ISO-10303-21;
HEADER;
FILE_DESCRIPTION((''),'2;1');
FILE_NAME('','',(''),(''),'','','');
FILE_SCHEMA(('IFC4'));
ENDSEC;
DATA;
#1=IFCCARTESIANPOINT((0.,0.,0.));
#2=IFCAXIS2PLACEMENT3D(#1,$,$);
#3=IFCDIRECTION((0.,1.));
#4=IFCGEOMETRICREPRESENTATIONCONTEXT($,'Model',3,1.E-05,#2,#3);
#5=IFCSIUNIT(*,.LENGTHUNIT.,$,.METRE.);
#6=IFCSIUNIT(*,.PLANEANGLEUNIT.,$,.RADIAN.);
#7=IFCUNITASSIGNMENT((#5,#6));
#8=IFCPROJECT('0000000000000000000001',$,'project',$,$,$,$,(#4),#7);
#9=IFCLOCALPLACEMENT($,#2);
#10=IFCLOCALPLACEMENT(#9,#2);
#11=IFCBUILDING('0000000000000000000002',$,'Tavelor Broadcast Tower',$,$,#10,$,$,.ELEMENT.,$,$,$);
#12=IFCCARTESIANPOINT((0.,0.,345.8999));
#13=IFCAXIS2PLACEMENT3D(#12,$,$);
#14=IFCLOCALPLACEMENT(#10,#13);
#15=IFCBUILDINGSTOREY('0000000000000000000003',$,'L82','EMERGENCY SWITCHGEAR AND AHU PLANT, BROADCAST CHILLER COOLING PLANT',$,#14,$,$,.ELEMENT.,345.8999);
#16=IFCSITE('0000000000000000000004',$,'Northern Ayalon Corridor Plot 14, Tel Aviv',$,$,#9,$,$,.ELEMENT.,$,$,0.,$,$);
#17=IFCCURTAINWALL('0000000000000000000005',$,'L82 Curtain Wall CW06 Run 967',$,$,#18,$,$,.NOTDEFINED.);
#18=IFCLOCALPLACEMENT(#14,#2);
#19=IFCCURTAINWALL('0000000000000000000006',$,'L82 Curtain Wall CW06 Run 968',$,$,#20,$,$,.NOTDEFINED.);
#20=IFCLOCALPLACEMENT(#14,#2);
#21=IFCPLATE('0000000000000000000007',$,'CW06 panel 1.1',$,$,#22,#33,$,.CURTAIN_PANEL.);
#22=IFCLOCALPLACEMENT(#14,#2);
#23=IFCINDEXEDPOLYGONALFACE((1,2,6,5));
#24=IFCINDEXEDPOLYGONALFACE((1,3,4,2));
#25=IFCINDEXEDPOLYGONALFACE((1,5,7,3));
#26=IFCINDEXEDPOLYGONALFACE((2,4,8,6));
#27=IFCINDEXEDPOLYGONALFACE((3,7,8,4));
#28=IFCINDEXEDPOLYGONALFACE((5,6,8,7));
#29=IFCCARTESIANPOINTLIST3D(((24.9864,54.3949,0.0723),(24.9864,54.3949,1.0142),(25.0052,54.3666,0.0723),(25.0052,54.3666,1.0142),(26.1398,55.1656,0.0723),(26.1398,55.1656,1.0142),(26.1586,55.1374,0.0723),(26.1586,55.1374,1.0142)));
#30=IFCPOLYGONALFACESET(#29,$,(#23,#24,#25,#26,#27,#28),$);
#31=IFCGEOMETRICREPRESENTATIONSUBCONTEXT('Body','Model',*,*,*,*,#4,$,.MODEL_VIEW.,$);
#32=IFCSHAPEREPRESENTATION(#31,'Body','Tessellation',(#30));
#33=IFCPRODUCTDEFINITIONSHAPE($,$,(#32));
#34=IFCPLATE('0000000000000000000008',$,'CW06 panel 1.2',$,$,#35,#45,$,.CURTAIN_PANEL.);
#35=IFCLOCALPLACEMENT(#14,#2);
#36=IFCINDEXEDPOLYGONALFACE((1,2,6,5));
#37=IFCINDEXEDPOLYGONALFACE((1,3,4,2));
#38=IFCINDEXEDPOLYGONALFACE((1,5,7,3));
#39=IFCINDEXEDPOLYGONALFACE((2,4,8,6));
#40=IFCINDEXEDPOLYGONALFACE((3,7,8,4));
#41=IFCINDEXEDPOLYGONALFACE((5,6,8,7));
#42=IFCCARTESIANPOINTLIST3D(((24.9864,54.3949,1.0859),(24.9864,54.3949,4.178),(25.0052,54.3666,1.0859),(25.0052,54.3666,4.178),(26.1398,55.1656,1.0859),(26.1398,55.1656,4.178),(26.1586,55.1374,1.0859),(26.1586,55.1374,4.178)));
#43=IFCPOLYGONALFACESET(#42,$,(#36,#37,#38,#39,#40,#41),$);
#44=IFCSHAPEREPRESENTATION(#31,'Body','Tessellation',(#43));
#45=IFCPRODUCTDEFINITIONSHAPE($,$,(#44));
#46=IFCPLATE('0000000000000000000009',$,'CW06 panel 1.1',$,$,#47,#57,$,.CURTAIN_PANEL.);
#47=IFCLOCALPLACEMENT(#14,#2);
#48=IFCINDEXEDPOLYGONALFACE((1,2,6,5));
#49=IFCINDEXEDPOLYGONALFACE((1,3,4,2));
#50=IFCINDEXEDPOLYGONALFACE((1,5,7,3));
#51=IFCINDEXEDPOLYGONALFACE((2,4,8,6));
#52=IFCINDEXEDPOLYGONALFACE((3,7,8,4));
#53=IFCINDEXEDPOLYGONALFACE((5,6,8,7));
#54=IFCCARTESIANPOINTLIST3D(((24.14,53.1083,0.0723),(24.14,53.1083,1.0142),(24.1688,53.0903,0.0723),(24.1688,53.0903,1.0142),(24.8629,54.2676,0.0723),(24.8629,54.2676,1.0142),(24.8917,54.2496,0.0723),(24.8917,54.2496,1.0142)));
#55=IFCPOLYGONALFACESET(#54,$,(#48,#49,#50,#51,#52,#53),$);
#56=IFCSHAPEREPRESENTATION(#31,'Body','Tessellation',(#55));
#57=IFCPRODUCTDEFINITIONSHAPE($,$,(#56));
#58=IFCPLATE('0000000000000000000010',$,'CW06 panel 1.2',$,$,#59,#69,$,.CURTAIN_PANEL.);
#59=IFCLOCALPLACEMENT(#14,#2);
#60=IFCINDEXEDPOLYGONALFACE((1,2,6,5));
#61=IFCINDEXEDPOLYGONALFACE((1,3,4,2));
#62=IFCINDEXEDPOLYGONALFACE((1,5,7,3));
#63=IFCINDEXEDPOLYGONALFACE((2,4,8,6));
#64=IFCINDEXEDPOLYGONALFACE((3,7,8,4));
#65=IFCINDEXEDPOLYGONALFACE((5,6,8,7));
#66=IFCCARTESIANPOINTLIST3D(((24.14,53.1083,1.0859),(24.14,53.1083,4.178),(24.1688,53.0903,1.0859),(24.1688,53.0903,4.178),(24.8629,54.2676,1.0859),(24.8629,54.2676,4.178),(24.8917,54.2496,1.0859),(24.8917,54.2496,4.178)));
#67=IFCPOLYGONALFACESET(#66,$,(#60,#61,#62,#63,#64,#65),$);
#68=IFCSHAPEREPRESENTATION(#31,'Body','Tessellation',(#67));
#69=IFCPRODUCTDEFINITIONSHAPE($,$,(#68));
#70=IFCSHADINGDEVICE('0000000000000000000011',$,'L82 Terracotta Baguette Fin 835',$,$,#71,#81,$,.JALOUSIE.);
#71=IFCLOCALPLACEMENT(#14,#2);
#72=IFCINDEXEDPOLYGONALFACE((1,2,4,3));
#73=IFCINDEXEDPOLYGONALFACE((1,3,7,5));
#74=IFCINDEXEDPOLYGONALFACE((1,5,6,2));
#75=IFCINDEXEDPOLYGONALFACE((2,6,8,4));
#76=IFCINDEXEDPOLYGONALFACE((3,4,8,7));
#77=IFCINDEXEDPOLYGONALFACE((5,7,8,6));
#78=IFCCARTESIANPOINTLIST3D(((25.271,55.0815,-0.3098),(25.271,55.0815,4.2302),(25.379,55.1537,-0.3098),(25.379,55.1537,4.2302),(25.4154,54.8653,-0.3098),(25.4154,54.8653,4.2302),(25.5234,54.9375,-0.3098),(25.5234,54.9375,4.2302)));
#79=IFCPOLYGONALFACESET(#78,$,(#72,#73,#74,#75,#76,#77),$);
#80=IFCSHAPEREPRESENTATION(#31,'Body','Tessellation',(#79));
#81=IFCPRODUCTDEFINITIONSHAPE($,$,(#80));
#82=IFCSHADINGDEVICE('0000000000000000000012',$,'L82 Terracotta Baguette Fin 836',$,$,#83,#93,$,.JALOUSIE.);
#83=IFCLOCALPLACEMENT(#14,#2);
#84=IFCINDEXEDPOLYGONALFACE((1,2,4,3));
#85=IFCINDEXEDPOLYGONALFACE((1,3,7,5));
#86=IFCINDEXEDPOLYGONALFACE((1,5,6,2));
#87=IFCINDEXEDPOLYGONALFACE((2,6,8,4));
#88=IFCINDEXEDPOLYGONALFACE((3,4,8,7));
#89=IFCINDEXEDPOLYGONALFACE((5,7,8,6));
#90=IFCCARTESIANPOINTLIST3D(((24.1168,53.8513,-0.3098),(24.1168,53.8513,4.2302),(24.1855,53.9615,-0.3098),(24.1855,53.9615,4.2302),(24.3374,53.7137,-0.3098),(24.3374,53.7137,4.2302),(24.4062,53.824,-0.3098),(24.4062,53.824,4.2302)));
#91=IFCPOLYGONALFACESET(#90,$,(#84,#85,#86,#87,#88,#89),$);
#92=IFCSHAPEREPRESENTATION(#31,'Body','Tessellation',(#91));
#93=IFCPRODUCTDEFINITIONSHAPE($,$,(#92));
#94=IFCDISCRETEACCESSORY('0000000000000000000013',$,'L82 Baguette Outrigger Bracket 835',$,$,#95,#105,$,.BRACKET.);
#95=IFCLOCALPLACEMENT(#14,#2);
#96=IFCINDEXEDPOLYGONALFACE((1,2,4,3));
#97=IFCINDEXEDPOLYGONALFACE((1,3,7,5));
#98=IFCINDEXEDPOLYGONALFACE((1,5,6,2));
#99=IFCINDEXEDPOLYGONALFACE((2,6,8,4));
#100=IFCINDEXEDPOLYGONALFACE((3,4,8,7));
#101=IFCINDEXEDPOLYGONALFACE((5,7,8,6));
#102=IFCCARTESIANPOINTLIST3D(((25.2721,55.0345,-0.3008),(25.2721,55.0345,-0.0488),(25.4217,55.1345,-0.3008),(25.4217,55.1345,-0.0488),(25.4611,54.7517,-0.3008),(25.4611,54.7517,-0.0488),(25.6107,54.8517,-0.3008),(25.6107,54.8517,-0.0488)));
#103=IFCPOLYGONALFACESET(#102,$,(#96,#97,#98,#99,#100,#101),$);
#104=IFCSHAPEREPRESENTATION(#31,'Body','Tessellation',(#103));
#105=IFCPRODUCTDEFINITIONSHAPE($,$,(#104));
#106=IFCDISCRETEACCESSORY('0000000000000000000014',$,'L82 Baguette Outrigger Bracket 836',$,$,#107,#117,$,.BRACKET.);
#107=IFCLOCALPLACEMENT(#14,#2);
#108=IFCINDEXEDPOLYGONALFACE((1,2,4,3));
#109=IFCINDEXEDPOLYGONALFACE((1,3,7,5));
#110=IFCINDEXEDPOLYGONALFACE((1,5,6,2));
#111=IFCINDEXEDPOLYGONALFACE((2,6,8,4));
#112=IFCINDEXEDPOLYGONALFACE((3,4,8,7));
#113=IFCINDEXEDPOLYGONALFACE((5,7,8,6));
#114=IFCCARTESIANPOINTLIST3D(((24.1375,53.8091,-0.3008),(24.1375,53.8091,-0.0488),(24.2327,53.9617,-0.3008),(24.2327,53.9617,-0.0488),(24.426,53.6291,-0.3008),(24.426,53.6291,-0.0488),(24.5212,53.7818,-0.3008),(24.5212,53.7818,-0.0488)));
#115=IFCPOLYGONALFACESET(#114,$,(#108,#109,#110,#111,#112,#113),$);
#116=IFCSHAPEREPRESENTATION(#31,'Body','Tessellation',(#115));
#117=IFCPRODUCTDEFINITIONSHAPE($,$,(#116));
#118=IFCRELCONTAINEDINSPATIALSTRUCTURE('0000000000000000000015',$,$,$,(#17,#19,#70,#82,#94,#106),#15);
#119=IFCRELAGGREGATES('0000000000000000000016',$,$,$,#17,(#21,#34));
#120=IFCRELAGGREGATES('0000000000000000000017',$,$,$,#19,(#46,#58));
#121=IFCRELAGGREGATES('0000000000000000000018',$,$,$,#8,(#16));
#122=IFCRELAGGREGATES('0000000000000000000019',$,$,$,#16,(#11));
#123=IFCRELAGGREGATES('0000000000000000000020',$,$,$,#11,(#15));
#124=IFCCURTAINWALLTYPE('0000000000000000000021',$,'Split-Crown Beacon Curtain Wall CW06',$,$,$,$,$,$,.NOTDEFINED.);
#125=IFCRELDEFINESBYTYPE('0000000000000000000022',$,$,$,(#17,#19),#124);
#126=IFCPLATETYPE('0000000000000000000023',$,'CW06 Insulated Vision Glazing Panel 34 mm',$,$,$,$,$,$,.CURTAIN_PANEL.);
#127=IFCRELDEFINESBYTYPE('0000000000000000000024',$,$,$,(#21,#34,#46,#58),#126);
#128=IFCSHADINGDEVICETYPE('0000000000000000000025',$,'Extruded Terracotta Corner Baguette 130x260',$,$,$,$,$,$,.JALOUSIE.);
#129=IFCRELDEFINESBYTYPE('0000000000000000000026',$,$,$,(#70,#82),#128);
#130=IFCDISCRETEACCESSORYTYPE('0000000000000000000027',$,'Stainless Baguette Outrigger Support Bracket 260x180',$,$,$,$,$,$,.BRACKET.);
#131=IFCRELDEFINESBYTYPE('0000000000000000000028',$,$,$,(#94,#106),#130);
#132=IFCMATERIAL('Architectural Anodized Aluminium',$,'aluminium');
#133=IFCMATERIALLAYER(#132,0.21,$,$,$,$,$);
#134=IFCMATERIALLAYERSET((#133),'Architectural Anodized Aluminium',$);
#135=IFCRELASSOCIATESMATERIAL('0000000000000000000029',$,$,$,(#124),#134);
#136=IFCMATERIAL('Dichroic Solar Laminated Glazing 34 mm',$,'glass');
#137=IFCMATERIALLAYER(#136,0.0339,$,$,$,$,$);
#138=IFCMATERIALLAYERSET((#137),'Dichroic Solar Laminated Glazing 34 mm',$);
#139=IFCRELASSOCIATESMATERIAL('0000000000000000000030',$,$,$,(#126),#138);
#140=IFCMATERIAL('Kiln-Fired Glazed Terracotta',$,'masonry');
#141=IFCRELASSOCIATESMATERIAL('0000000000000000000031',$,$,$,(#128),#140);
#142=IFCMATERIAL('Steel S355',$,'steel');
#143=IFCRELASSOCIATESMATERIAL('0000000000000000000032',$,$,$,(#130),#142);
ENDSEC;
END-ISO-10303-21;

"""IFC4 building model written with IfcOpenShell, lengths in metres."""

from ifc_helpers import new_model, si_unit, direction, frame, origin, origin_2d, place, context, subcontext, project, spatial, rectangle, extrude, source, transform, mapped, material, layer, layer_set, type_object, type_shapes, element, aggregate, save


model = new_model("IFC4")

# Units and contexts
model_context = context("Model", 3, precision=1e-05, world=origin(), true_north=direction((0.0, 1.0)))
body_context = subcontext(model_context, "Body", "Model", "MODEL_VIEW")
ifc_project = project(units=[si_unit("LENGTHUNIT", "METRE"), si_unit("PLANEANGLEUNIT", "RADIAN")], contexts=[model_context])

# Site, building, storey
site_placement = place(None, origin())
site = spatial("IfcSite", under=ifc_project, at=site_placement, Name="Northern Ayalon Corridor Plot 14, Tel Aviv", CompositionType="ELEMENT", RefElevation=0.0)
building_placement = place(site_placement, origin())
building = spatial("IfcBuilding", under=site, at=building_placement, Name="Tavelor Broadcast Tower", CompositionType="ELEMENT")
storey_placement = place(building_placement, frame((0.0, 0.0, 345.8999)))
storey = spatial("IfcBuildingStorey", under=building, at=storey_placement, Name="L82", Description="EMERGENCY SWITCHGEAR AND AHU PLANT, BROADCAST CHILLER COOLING PLANT", CompositionType="ELEMENT", Elevation=345.8999)

# Shared definitions
ifc_material_1 = material(Name="Architectural Anodized Aluminium", Category="aluminium")
ifc_layer_1 = layer(ifc_material_1, 0.21)
ifc_layer_set_1 = layer_set([ifc_layer_1], Name="Architectural Anodized Aluminium")
curtain_wall_type = type_object("IfcCurtainWallType", Name="Split-Crown Beacon Curtain Wall CW06", PredefinedType="NOTDEFINED", material=ifc_layer_set_1)

# Curtain walls
curtain_wall_1_placement = place(storey_placement, origin())
curtain_wall_1 = element("IfcCurtainWall", 1, at=curtain_wall_1_placement, inside=storey, type_object=curtain_wall_type, Name="L82 Curtain Wall CW06 Run 967", PredefinedType="NOTDEFINED")
curtain_wall_2_placement = place(storey_placement, origin())
curtain_wall_2 = element("IfcCurtainWall", 2, at=curtain_wall_2_placement, inside=storey, type_object=curtain_wall_type, Name="L82 Curtain Wall CW06 Run 968", PredefinedType="NOTDEFINED")

# Plates
ifc_material_2 = material(Name="Dichroic Solar Laminated Glazing 34 mm", Category="glass")
ifc_layer_2 = layer(ifc_material_2, 0.0339)
ifc_layer_set_2 = layer_set([ifc_layer_2], Name="Dichroic Solar Laminated Glazing 34 mm")
plate_type = type_object("IfcPlateType", Name="CW06 Insulated Vision Glazing Panel 34 mm", PredefinedType="CURTAIN_PANEL", material=ifc_layer_set_2)
shared_shape_1 = source(origin(), body_context, "Body", "SweptSolid", [
    extrude(rectangle(XDim=1.3872, YDim=0.0339, at=origin_2d()), origin(), (0.0, 0.0, 1.0), 0.9419),
])
plate_1_placement = place(storey_placement, frame((25.5725, 54.7661, 0.0723), z_axis=(0.0, 0.0, 1.0), x_axis=(-0.831457, -0.555589, 0.0)))
plate_1 = element("IfcPlate", 3, at=plate_1_placement, type_object=plate_type, Name="CW06 panel 1.1", PredefinedType="CURTAIN_PANEL", context=body_context, shape_type="MappedRepresentation", body=[
    mapped(shared_shape_1, transform((0.0, 0.0, 0.0), scale=1.0)),
])
shared_shape_2 = source(origin(), body_context, "Body", "SweptSolid", [
    extrude(rectangle(XDim=1.3872, YDim=0.0339, at=origin_2d()), origin(), (0.0, 0.0, 1.0), 3.092),
])
plate_2_placement = place(storey_placement, frame((25.5725, 54.7661, 1.0859), z_axis=(0.0, 0.0, 1.0), x_axis=(-0.831457, -0.555589, 0.0)))
plate_2 = element("IfcPlate", 4, at=plate_2_placement, type_object=plate_type, Name="CW06 panel 1.2", PredefinedType="CURTAIN_PANEL", context=body_context, shape_type="MappedRepresentation", body=[
    mapped(shared_shape_2, transform((0.0, 0.0, 0.0), scale=1.0)),
])
aggregate(curtain_wall_1, [plate_1, plate_2])
shared_shape_3 = source(origin(), body_context, "Body", "SweptSolid", [
    extrude(rectangle(XDim=1.3662, YDim=0.0339, at=origin_2d()), origin(), (0.0, 0.0, 1.0), 0.9419),
])
plate_3_placement = place(storey_placement, frame((24.5159, 53.679, 0.0723), z_axis=(0.0, 0.0, 1.0), x_axis=(-0.529153, -0.848526, 0.0)))
plate_3 = element("IfcPlate", 5, at=plate_3_placement, type_object=plate_type, Name="CW06 panel 1.1", PredefinedType="CURTAIN_PANEL", context=body_context, shape_type="MappedRepresentation", body=[
    mapped(shared_shape_3, transform((0.0, 0.0, 0.0), scale=1.0)),
])
shared_shape_4 = source(origin(), body_context, "Body", "SweptSolid", [
    extrude(rectangle(XDim=1.3662, YDim=0.0339, at=origin_2d()), origin(), (0.0, 0.0, 1.0), 3.092),
])
type_shapes(plate_type, [shared_shape_1, shared_shape_2, shared_shape_3, shared_shape_4])
plate_4_placement = place(storey_placement, frame((24.5159, 53.679, 1.0859), z_axis=(0.0, 0.0, 1.0), x_axis=(-0.529153, -0.848526, 0.0)))
plate_4 = element("IfcPlate", 6, at=plate_4_placement, type_object=plate_type, Name="CW06 panel 1.2", PredefinedType="CURTAIN_PANEL", context=body_context, shape_type="MappedRepresentation", body=[
    mapped(shared_shape_4, transform((0.0, 0.0, 0.0), scale=1.0)),
])
aggregate(curtain_wall_2, [plate_3, plate_4])

# Shading devices
ifc_material_3 = material(Name="Kiln-Fired Glazed Terracotta", Category="masonry")
shading_device_type = type_object("IfcShadingDeviceType", Name="Extruded Terracotta Corner Baguette 130x260", PredefinedType="JALOUSIE", material=ifc_material_3)
shared_shape_5 = source(origin(), body_context, "Body", "SweptSolid", [
    extrude(rectangle(XDim=0.1299, YDim=0.26, at=origin_2d()), origin(), (0.0, 0.0, 1.0), 4.54),
])
type_shapes(shading_device_type, [shared_shape_5])
for number, where, z_axis, x_axis, name in (
    (7, (25.3972, 55.0095, -0.3098), (0.0, 0.0, 1.0), (-0.83147, -0.55557, 0.0), "L82 Terracotta Baguette Fin 835"),
    (8, (24.2615, 53.8376, -0.3098), (0.0, 0.0, 1.0), (-0.529179, -0.84851, 0.0), "L82 Terracotta Baguette Fin 836"),
):
    element("IfcShadingDevice", number, at=place(storey_placement, frame(where, z_axis=z_axis, x_axis=x_axis)), inside=storey, type_object=shading_device_type, Name=name, PredefinedType="JALOUSIE", context=body_context, shape_type="MappedRepresentation", body=[
        mapped(shared_shape_5, transform((0.0, 0.0, 0.0), scale=1.0)),
    ])

# Discrete accessories
ifc_material_4 = material(Name="Steel S355", Category="steel")
discrete_accessory_type = type_object("IfcDiscreteAccessoryType", Name="Stainless Baguette Outrigger Support Bracket 260x180", PredefinedType="BRACKET", material=ifc_material_4)
shared_shape_6 = source(origin(), body_context, "Body", "SweptSolid", [
    extrude(rectangle(XDim=0.1799, YDim=0.3401, at=origin_2d()), origin(), (0.0, 0.0, 1.0), 0.252),
])
type_shapes(discrete_accessory_type, [shared_shape_6])
for number, where, z_axis, x_axis, name in (
    (9, (25.4414, 54.9431, -0.3008), (0.0, 0.0, 1.0), (-0.83147, -0.55557, 0.0), "L82 Baguette Outrigger Bracket 835"),
    (10, (24.3293, 53.7954, -0.3008), (0.0, 0.0, 1.0), (-0.529179, -0.84851, 0.0), "L82 Baguette Outrigger Bracket 836"),
):
    element("IfcDiscreteAccessory", number, at=place(storey_placement, frame(where, z_axis=z_axis, x_axis=x_axis)), inside=storey, type_object=discrete_accessory_type, Name=name, PredefinedType="BRACKET", context=body_context, shape_type="MappedRepresentation", body=[
        mapped(shared_shape_6, transform((0.0, 0.0, 0.0), scale=1.0)),
    ])

save(model, "model.ifc")
